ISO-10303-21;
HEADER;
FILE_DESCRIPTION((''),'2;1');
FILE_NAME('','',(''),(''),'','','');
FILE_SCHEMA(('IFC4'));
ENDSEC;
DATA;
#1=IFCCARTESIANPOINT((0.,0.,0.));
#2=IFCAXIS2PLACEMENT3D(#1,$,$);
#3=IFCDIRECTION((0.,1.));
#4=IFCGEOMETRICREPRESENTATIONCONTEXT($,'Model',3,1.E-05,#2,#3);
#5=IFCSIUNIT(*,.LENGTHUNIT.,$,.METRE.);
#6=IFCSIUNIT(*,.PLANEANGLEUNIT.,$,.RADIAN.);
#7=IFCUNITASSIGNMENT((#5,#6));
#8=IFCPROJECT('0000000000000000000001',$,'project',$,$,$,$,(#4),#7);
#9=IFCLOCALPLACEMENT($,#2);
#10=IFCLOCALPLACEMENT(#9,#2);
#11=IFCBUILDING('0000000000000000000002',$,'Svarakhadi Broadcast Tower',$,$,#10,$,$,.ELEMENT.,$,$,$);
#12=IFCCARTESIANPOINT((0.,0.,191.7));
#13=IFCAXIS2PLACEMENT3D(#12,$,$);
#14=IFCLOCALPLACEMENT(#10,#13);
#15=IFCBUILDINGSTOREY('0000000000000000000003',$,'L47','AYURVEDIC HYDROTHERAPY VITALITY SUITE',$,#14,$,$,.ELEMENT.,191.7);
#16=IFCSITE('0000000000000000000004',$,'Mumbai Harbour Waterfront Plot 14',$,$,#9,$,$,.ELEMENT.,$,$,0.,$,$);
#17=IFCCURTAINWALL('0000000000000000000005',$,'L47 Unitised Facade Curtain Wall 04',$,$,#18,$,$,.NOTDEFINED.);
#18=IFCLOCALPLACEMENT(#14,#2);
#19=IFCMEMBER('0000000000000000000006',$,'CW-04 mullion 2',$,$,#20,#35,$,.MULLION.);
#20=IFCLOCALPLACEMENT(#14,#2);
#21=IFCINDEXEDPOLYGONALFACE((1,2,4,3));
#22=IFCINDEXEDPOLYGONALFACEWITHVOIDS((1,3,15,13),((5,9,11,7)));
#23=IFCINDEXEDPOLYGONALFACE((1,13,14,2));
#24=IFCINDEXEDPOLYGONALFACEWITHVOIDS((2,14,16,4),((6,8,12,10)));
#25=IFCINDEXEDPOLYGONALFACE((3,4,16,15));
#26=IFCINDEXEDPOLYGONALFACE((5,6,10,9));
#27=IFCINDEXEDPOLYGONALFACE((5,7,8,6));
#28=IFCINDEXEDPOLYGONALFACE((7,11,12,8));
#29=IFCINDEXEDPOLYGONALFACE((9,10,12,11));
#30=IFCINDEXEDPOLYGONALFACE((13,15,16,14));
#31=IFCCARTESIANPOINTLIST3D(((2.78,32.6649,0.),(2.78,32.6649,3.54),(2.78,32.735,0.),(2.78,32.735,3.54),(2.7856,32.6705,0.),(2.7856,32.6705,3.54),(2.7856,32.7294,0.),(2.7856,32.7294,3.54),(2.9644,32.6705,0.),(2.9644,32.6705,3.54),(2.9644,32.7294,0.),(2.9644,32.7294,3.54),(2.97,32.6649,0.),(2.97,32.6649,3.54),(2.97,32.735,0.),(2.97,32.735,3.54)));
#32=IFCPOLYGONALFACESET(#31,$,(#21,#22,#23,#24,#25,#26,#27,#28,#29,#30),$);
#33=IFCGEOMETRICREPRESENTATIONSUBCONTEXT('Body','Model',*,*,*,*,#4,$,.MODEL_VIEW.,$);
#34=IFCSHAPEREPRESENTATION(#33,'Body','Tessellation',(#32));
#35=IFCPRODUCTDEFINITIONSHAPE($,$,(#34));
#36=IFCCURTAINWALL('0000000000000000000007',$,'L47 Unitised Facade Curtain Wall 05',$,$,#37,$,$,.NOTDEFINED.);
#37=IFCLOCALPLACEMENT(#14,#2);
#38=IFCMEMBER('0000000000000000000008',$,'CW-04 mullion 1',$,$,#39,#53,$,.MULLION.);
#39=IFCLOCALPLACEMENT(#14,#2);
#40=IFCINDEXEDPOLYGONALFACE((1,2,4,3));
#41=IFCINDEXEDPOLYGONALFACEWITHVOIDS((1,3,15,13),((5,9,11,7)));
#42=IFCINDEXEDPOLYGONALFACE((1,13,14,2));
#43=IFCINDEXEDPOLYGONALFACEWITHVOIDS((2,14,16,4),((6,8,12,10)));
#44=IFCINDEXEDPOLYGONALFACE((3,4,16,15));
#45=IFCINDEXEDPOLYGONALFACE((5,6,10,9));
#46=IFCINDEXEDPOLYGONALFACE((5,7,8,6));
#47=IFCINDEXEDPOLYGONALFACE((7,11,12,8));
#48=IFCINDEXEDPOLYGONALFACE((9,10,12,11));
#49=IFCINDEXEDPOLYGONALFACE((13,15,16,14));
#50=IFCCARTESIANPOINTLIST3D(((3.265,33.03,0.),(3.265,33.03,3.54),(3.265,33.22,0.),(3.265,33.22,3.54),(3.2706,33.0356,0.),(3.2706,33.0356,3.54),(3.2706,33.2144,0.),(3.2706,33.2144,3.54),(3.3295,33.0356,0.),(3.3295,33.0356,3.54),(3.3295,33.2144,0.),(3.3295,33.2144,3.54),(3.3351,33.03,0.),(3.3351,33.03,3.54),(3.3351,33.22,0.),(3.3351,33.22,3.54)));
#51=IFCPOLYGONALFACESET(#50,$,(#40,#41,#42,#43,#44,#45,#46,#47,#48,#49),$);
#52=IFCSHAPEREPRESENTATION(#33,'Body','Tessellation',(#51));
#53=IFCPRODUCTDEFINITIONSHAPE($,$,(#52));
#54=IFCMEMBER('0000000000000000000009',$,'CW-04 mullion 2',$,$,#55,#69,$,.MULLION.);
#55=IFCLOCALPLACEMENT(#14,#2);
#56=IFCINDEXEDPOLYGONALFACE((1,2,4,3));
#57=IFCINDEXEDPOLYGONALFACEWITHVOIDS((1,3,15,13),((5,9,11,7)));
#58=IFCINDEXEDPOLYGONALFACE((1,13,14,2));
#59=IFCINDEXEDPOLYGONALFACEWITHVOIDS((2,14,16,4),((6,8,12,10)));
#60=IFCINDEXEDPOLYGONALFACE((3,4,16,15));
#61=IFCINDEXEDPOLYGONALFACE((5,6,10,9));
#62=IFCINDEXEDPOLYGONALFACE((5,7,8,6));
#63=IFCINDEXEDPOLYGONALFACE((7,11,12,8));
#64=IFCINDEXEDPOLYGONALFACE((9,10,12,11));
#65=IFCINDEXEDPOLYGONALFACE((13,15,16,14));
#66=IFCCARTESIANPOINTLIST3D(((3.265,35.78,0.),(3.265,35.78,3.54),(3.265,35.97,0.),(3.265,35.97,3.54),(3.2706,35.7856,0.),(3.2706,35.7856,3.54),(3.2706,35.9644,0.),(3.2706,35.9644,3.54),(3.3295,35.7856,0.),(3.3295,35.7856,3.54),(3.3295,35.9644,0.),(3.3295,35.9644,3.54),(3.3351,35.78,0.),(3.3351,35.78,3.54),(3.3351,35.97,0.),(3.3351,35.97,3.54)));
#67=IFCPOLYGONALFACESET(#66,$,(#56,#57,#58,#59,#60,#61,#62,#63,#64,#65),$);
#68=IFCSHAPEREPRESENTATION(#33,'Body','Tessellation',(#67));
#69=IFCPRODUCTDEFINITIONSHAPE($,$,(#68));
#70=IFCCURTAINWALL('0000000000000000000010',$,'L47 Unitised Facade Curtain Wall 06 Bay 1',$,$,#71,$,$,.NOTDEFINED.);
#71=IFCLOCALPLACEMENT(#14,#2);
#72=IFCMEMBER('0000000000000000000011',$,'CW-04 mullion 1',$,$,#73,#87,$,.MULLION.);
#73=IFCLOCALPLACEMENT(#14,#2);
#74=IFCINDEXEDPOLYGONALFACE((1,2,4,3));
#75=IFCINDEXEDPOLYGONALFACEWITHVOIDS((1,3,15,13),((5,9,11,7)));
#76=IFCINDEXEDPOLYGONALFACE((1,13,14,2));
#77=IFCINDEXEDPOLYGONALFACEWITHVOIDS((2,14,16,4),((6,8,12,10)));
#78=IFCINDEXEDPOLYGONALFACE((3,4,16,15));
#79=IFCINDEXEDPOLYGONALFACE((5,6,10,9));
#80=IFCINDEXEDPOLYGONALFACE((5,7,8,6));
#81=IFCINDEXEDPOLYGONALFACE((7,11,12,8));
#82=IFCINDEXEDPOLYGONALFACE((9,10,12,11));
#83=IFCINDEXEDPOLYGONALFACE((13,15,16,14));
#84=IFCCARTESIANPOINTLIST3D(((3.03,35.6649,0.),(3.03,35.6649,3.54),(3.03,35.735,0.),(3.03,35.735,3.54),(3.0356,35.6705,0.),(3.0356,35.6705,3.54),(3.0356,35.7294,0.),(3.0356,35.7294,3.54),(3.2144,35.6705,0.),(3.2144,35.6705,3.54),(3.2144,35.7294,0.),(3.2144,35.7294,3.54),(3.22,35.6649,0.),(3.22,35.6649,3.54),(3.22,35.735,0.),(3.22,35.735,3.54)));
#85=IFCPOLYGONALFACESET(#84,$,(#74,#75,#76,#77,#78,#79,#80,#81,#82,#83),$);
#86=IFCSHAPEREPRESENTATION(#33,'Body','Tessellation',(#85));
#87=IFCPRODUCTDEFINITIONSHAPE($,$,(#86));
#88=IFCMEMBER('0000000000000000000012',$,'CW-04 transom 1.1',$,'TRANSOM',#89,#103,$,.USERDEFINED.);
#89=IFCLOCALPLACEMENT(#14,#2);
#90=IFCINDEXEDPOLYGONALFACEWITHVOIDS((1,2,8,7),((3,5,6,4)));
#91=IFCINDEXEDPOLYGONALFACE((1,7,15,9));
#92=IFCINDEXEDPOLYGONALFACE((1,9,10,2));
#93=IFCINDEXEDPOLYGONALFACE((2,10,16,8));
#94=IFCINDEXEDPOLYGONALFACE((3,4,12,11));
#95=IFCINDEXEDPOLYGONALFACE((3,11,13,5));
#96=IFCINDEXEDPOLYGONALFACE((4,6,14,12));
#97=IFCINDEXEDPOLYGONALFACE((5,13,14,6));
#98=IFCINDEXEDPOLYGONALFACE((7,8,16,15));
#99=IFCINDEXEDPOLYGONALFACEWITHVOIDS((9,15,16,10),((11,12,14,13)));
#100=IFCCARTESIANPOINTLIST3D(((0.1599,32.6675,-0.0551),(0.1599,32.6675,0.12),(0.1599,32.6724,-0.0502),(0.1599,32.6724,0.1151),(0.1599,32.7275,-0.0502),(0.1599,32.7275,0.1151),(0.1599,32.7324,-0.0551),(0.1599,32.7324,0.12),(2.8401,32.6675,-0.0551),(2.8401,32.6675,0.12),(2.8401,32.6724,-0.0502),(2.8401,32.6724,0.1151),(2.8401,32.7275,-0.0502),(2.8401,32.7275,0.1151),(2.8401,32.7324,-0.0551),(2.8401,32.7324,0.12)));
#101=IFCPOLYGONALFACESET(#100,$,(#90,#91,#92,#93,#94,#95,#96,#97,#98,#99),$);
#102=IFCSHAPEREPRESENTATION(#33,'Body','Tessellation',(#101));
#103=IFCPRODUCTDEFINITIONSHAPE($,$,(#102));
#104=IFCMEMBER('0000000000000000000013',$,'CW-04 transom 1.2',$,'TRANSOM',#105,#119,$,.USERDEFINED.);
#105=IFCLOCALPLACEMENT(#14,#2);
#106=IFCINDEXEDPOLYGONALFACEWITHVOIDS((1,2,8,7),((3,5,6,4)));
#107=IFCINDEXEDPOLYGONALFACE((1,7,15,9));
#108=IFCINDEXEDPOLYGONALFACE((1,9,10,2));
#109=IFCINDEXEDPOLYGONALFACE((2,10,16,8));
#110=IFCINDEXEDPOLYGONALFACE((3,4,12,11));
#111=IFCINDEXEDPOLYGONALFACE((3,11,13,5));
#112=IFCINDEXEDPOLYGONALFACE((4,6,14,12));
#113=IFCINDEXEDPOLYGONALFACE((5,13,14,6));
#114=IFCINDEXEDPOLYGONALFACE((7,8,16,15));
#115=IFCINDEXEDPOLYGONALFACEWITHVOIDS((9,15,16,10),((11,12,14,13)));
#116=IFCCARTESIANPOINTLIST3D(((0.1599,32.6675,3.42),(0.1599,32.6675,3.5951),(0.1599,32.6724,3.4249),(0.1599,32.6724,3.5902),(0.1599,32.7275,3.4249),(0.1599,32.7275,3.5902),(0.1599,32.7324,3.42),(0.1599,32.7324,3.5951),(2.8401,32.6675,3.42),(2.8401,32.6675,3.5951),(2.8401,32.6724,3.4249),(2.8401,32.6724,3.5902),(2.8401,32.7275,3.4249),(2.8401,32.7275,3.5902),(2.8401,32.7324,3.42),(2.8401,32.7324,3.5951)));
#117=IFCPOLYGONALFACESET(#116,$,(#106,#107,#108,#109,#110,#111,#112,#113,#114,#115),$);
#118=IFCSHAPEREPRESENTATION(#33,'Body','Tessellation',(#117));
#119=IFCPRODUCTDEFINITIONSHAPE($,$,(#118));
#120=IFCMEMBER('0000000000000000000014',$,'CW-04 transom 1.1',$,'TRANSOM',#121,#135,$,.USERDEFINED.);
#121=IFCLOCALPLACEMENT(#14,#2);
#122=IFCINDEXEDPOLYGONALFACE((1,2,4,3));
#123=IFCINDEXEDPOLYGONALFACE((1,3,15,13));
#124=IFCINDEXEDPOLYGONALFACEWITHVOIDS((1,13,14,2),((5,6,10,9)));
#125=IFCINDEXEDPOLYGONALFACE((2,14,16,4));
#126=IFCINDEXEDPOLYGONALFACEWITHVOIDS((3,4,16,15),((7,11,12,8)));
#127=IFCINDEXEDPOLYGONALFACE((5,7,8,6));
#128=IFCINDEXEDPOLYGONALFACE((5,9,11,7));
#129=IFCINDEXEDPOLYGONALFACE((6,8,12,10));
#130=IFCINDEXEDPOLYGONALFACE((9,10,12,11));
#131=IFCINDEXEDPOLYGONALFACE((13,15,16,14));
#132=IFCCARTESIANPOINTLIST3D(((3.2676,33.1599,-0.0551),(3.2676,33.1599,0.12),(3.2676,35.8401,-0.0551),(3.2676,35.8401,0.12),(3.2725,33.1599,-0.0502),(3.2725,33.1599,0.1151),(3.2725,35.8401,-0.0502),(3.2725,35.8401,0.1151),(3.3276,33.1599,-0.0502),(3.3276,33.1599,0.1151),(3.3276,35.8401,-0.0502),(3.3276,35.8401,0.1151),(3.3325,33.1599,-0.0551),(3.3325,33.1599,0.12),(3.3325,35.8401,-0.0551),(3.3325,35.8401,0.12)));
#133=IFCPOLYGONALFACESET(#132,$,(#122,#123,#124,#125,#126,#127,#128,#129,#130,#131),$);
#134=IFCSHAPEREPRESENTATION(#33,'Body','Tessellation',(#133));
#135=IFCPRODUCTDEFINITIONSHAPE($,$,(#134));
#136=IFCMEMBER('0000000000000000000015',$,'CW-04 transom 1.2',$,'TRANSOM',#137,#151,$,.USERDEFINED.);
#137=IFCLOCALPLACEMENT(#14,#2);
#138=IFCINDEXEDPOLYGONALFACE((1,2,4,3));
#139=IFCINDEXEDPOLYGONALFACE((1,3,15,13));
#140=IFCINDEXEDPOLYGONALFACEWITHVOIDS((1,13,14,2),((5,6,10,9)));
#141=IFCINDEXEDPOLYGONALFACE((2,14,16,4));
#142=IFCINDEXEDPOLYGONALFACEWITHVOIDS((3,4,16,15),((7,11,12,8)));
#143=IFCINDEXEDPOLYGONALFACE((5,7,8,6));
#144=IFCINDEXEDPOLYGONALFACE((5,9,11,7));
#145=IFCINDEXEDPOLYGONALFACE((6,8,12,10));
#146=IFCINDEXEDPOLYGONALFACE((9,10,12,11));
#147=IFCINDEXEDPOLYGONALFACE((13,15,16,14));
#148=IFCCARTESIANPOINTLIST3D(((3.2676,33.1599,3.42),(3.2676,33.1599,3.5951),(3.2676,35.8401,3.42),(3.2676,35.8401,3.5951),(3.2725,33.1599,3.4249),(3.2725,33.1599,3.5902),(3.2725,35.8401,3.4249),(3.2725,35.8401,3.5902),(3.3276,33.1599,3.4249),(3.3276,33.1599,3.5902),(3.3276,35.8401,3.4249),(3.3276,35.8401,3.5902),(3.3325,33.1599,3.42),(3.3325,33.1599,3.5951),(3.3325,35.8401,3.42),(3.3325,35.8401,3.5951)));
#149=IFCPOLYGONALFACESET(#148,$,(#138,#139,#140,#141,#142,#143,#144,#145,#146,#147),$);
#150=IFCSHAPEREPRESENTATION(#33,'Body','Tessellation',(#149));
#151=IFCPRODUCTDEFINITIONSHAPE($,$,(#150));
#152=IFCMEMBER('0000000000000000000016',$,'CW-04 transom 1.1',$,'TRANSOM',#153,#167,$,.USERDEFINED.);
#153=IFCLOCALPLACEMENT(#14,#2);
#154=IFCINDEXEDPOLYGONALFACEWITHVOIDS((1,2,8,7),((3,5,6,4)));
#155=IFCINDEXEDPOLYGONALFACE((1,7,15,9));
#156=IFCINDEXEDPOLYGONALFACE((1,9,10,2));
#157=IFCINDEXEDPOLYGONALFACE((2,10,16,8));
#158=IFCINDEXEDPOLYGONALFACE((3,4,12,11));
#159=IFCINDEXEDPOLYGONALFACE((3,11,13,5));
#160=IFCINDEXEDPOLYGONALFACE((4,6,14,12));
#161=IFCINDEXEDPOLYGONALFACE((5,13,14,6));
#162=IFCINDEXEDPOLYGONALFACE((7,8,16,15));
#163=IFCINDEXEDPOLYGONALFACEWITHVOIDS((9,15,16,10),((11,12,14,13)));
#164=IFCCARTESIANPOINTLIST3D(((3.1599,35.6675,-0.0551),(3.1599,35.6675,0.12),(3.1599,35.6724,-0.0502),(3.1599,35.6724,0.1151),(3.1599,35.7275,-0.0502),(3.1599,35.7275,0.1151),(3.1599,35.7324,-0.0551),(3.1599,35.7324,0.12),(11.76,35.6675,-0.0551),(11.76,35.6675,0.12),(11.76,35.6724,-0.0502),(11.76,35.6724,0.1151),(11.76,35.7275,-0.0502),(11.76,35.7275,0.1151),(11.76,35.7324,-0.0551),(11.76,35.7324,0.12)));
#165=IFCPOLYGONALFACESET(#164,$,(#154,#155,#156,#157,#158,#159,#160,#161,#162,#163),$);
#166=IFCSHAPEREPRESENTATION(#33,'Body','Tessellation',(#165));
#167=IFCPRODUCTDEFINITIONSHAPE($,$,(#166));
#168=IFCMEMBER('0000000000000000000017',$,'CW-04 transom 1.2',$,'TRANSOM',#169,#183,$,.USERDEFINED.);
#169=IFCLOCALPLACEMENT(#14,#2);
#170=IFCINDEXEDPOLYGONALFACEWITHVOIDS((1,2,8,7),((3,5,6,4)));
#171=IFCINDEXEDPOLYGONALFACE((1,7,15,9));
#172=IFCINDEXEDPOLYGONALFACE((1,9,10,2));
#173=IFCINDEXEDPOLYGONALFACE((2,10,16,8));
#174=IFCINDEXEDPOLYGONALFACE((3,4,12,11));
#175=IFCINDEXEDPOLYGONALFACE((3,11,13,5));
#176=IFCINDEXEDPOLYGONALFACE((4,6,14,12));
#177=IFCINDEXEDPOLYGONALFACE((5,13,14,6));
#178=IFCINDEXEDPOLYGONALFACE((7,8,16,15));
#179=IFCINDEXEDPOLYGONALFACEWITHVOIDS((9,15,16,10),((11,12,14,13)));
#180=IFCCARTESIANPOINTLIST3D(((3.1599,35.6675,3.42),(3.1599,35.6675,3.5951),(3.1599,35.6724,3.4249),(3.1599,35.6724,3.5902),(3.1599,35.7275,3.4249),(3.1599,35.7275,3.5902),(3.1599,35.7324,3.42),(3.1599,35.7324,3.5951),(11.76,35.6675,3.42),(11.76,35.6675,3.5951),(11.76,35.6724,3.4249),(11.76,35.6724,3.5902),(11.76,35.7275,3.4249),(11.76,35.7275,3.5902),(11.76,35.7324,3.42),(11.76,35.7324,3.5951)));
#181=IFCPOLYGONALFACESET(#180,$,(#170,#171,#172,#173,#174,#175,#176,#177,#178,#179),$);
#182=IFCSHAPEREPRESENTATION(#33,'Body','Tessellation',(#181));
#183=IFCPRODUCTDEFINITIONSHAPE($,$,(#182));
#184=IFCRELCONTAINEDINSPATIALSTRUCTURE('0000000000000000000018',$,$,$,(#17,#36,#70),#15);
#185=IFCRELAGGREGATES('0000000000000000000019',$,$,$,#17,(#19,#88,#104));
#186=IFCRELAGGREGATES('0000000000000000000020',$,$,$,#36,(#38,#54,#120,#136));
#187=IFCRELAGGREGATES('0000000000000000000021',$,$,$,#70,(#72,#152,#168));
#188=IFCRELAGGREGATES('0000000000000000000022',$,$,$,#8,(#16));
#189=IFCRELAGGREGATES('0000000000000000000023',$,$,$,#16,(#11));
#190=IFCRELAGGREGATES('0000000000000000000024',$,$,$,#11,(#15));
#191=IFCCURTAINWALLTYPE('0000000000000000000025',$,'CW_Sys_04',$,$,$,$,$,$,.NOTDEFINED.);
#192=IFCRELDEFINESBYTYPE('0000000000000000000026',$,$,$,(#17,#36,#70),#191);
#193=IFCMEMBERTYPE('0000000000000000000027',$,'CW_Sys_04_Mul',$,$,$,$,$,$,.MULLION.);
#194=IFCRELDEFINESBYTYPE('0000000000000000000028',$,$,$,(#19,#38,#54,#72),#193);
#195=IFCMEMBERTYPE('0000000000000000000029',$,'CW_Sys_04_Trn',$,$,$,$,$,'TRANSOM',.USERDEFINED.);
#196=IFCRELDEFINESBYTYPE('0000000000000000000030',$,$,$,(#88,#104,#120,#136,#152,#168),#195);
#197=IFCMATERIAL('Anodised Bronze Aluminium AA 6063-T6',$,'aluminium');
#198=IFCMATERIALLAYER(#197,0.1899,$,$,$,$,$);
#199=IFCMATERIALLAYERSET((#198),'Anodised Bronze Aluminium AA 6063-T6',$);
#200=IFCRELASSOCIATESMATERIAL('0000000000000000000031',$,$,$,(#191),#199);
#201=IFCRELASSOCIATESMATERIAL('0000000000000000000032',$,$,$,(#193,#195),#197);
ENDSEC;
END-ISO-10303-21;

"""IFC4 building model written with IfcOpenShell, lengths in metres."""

from ifc_helpers import new_model, si_unit, direction, frame, origin, origin_2d, place, context, subcontext, project, spatial, hollow_rectangle, extrude, material, layer, layer_set, material_profile, profile_set, type_object, element, aggregate, save


model = new_model("IFC4")

# Units and contexts
model_context = context("Model", 3, precision=1e-05, world=origin(), true_north=direction((0.0, 1.0)))
body_context = subcontext(model_context, "Body", "Model", "MODEL_VIEW")
ifc_project = project(units=[si_unit("LENGTHUNIT", "METRE"), si_unit("PLANEANGLEUNIT", "RADIAN")], contexts=[model_context])

# Site, building, storey
site_placement = place(None, origin())
site = spatial("IfcSite", under=ifc_project, at=site_placement, Name="Mumbai Harbour Waterfront Plot 14", CompositionType="ELEMENT", RefElevation=0.0)
building_placement = place(site_placement, origin())
building = spatial("IfcBuilding", under=site, at=building_placement, Name="Svarakhadi Broadcast Tower", CompositionType="ELEMENT")
storey_placement = place(building_placement, frame((0.0, 0.0, 191.7)))
storey = spatial("IfcBuildingStorey", under=building, at=storey_placement, Name="L47", Description="AYURVEDIC HYDROTHERAPY VITALITY SUITE", CompositionType="ELEMENT", Elevation=191.7)

# Shared definitions
ifc_material_1 = material(Name="Anodised Bronze Aluminium AA 6063-T6", Category="aluminium")
ifc_layer_1 = layer(ifc_material_1, 0.1899)
ifc_layer_set_1 = layer_set([ifc_layer_1], Name="Anodised Bronze Aluminium AA 6063-T6")
curtain_wall_type = type_object("IfcCurtainWallType", Name="CW_Sys_04", PredefinedType="NOTDEFINED", material=ifc_layer_set_1)
ifc_material_profile_1 = material_profile(ifc_material_1, hollow_rectangle(XDim=0.0701, YDim=0.1899, WallThickness=0.0056, at=origin_2d()), Name="ALU MULLION 190x70x6")
ifc_profile_set_1 = profile_set([ifc_material_profile_1], Name="Anodised Bronze Aluminium AA 6063-T6")
member_type_1 = type_object("IfcMemberType", Name="CW_Sys_04_Mul", PredefinedType="MULLION", material=ifc_profile_set_1)

# Curtain walls, members
curtain_wall_1_placement = place(storey_placement, origin())
curtain_wall_1 = element("IfcCurtainWall", 1, at=curtain_wall_1_placement, inside=storey, type_object=curtain_wall_type, Name="L47 Unitised Facade Curtain Wall 04", PredefinedType="NOTDEFINED")
member_1_placement = place(storey_placement, frame((2.875, 32.7, 0.0), z_axis=(0.0, 0.0, 1.0), x_axis=(0.0, 1.0, 0.0)))
member_1 = element("IfcMember", 2, at=member_1_placement, type_object=member_type_1, Name="CW-04 mullion 2", PredefinedType="MULLION", context=body_context, shape_type="SweptSolid", body=[
    extrude(hollow_rectangle(XDim=0.0701, YDim=0.1899, WallThickness=0.0056, at=origin_2d()), origin(), (0.0, 0.0, 1.0), 3.54),
])
curtain_wall_2_placement = place(storey_placement, origin())
curtain_wall_2 = element("IfcCurtainWall", 3, at=curtain_wall_2_placement, inside=storey, type_object=curtain_wall_type, Name="L47 Unitised Facade Curtain Wall 05", PredefinedType="NOTDEFINED")
member_2_placement = place(storey_placement, frame((3.3, 33.125, 0.0), z_axis=(0.0, 0.0, 1.0), x_axis=(-1.0, 0.0, 0.0)))
member_2 = element("IfcMember", 4, at=member_2_placement, type_object=member_type_1, Name="CW-04 mullion 1", PredefinedType="MULLION", context=body_context, shape_type="SweptSolid", body=[
    extrude(hollow_rectangle(XDim=0.0701, YDim=0.1899, WallThickness=0.0056, at=origin_2d()), origin(), (0.0, 0.0, 1.0), 3.54),
])
member_3_placement = place(storey_placement, frame((3.3, 35.875, 0.0), z_axis=(0.0, 0.0, 1.0), x_axis=(-1.0, 0.0, 0.0)))
member_3 = element("IfcMember", 5, at=member_3_placement, type_object=member_type_1, Name="CW-04 mullion 2", PredefinedType="MULLION", context=body_context, shape_type="SweptSolid", body=[
    extrude(hollow_rectangle(XDim=0.0701, YDim=0.1899, WallThickness=0.0056, at=origin_2d()), origin(), (0.0, 0.0, 1.0), 3.54),
])

# Curtain wall, member
curtain_wall_3_placement = place(storey_placement, origin())
curtain_wall_3 = element("IfcCurtainWall", 6, at=curtain_wall_3_placement, inside=storey, type_object=curtain_wall_type, Name="L47 Unitised Facade Curtain Wall 06 Bay 1", PredefinedType="NOTDEFINED")
member_4_placement = place(storey_placement, frame((3.125, 35.7, 0.0), z_axis=(0.0, 0.0, 1.0), x_axis=(0.0, 1.0, 0.0)))
member_4 = element("IfcMember", 7, at=member_4_placement, type_object=member_type_1, Name="CW-04 mullion 1", PredefinedType="MULLION", context=body_context, shape_type="SweptSolid", body=[
    extrude(hollow_rectangle(XDim=0.0701, YDim=0.1899, WallThickness=0.0056, at=origin_2d()), origin(), (0.0, 0.0, 1.0), 3.54),
])

# Members
ifc_material_profile_2 = material_profile(ifc_material_1, hollow_rectangle(XDim=0.0649, YDim=0.175, WallThickness=0.0049, at=origin_2d()), Name="ALU TRANSOM 175x65x5")
ifc_profile_set_2 = profile_set([ifc_material_profile_2], Name="Anodised Bronze Aluminium AA 6063-T6")
member_type_2 = type_object("IfcMemberType", Name="CW_Sys_04_Trn", ElementType="TRANSOM", PredefinedType="USERDEFINED", material=ifc_profile_set_2)
member_5_placement = place(storey_placement, frame((0.1599, 32.7, 0.0325), z_axis=(1.0, 0.0, 0.0), x_axis=(0.0, 1.0, 0.0)))
member_5 = element("IfcMember", 8, at=member_5_placement, type_object=member_type_2, Name="CW-04 transom 1.1", ObjectType="TRANSOM", PredefinedType="USERDEFINED", context=body_context, shape_type="SweptSolid", body=[
    extrude(hollow_rectangle(XDim=0.0649, YDim=0.175, WallThickness=0.0049, at=origin_2d()), origin(), (0.0, 0.0, 1.0), 2.6802),
])
member_6_placement = place(storey_placement, frame((0.1599, 32.7, 3.5076), z_axis=(1.0, 0.0, 0.0), x_axis=(0.0, 1.0, 0.0)))
member_6 = element("IfcMember", 9, at=member_6_placement, type_object=member_type_2, Name="CW-04 transom 1.2", ObjectType="TRANSOM", PredefinedType="USERDEFINED", context=body_context, shape_type="SweptSolid", body=[
    extrude(hollow_rectangle(XDim=0.0649, YDim=0.175, WallThickness=0.0049, at=origin_2d()), origin(), (0.0, 0.0, 1.0), 2.6802),
])
member_7_placement = place(storey_placement, frame((3.3, 33.1599, 0.0325), z_axis=(0.0, 1.0, 0.0), x_axis=(-1.0, 0.0, 0.0)))
member_7 = element("IfcMember", 10, at=member_7_placement, type_object=member_type_2, Name="CW-04 transom 1.1", ObjectType="TRANSOM", PredefinedType="USERDEFINED", context=body_context, shape_type="SweptSolid", body=[
    extrude(hollow_rectangle(XDim=0.0649, YDim=0.175, WallThickness=0.0049, at=origin_2d()), origin(), (0.0, 0.0, 1.0), 2.6802),
])
member_8_placement = place(storey_placement, frame((3.3, 33.1599, 3.5076), z_axis=(0.0, 1.0, 0.0), x_axis=(-1.0, 0.0, 0.0)))
member_8 = element("IfcMember", 11, at=member_8_placement, type_object=member_type_2, Name="CW-04 transom 1.2", ObjectType="TRANSOM", PredefinedType="USERDEFINED", context=body_context, shape_type="SweptSolid", body=[
    extrude(hollow_rectangle(XDim=0.0649, YDim=0.175, WallThickness=0.0049, at=origin_2d()), origin(), (0.0, 0.0, 1.0), 2.6802),
])
member_9_placement = place(storey_placement, frame((3.1599, 35.7, 0.0325), z_axis=(1.0, 0.0, 0.0), x_axis=(0.0, 1.0, 0.0)))
member_9 = element("IfcMember", 12, at=member_9_placement, type_object=member_type_2, Name="CW-04 transom 1.1", ObjectType="TRANSOM", PredefinedType="USERDEFINED", context=body_context, shape_type="SweptSolid", body=[
    extrude(hollow_rectangle(XDim=0.0649, YDim=0.175, WallThickness=0.0049, at=origin_2d()), origin(), (0.0, 0.0, 1.0), 8.6001),
])
member_10_placement = place(storey_placement, frame((3.1599, 35.7, 3.5076), z_axis=(1.0, 0.0, 0.0), x_axis=(0.0, 1.0, 0.0)))
member_10 = element("IfcMember", 13, at=member_10_placement, type_object=member_type_2, Name="CW-04 transom 1.2", ObjectType="TRANSOM", PredefinedType="USERDEFINED", context=body_context, shape_type="SweptSolid", body=[
    extrude(hollow_rectangle(XDim=0.0649, YDim=0.175, WallThickness=0.0049, at=origin_2d()), origin(), (0.0, 0.0, 1.0), 8.6001),
])

aggregate(curtain_wall_1, [member_1, member_5, member_6])
aggregate(curtain_wall_2, [member_2, member_3, member_7, member_8])
aggregate(curtain_wall_3, [member_4, member_9, member_10])

save(model, "model.ifc")
